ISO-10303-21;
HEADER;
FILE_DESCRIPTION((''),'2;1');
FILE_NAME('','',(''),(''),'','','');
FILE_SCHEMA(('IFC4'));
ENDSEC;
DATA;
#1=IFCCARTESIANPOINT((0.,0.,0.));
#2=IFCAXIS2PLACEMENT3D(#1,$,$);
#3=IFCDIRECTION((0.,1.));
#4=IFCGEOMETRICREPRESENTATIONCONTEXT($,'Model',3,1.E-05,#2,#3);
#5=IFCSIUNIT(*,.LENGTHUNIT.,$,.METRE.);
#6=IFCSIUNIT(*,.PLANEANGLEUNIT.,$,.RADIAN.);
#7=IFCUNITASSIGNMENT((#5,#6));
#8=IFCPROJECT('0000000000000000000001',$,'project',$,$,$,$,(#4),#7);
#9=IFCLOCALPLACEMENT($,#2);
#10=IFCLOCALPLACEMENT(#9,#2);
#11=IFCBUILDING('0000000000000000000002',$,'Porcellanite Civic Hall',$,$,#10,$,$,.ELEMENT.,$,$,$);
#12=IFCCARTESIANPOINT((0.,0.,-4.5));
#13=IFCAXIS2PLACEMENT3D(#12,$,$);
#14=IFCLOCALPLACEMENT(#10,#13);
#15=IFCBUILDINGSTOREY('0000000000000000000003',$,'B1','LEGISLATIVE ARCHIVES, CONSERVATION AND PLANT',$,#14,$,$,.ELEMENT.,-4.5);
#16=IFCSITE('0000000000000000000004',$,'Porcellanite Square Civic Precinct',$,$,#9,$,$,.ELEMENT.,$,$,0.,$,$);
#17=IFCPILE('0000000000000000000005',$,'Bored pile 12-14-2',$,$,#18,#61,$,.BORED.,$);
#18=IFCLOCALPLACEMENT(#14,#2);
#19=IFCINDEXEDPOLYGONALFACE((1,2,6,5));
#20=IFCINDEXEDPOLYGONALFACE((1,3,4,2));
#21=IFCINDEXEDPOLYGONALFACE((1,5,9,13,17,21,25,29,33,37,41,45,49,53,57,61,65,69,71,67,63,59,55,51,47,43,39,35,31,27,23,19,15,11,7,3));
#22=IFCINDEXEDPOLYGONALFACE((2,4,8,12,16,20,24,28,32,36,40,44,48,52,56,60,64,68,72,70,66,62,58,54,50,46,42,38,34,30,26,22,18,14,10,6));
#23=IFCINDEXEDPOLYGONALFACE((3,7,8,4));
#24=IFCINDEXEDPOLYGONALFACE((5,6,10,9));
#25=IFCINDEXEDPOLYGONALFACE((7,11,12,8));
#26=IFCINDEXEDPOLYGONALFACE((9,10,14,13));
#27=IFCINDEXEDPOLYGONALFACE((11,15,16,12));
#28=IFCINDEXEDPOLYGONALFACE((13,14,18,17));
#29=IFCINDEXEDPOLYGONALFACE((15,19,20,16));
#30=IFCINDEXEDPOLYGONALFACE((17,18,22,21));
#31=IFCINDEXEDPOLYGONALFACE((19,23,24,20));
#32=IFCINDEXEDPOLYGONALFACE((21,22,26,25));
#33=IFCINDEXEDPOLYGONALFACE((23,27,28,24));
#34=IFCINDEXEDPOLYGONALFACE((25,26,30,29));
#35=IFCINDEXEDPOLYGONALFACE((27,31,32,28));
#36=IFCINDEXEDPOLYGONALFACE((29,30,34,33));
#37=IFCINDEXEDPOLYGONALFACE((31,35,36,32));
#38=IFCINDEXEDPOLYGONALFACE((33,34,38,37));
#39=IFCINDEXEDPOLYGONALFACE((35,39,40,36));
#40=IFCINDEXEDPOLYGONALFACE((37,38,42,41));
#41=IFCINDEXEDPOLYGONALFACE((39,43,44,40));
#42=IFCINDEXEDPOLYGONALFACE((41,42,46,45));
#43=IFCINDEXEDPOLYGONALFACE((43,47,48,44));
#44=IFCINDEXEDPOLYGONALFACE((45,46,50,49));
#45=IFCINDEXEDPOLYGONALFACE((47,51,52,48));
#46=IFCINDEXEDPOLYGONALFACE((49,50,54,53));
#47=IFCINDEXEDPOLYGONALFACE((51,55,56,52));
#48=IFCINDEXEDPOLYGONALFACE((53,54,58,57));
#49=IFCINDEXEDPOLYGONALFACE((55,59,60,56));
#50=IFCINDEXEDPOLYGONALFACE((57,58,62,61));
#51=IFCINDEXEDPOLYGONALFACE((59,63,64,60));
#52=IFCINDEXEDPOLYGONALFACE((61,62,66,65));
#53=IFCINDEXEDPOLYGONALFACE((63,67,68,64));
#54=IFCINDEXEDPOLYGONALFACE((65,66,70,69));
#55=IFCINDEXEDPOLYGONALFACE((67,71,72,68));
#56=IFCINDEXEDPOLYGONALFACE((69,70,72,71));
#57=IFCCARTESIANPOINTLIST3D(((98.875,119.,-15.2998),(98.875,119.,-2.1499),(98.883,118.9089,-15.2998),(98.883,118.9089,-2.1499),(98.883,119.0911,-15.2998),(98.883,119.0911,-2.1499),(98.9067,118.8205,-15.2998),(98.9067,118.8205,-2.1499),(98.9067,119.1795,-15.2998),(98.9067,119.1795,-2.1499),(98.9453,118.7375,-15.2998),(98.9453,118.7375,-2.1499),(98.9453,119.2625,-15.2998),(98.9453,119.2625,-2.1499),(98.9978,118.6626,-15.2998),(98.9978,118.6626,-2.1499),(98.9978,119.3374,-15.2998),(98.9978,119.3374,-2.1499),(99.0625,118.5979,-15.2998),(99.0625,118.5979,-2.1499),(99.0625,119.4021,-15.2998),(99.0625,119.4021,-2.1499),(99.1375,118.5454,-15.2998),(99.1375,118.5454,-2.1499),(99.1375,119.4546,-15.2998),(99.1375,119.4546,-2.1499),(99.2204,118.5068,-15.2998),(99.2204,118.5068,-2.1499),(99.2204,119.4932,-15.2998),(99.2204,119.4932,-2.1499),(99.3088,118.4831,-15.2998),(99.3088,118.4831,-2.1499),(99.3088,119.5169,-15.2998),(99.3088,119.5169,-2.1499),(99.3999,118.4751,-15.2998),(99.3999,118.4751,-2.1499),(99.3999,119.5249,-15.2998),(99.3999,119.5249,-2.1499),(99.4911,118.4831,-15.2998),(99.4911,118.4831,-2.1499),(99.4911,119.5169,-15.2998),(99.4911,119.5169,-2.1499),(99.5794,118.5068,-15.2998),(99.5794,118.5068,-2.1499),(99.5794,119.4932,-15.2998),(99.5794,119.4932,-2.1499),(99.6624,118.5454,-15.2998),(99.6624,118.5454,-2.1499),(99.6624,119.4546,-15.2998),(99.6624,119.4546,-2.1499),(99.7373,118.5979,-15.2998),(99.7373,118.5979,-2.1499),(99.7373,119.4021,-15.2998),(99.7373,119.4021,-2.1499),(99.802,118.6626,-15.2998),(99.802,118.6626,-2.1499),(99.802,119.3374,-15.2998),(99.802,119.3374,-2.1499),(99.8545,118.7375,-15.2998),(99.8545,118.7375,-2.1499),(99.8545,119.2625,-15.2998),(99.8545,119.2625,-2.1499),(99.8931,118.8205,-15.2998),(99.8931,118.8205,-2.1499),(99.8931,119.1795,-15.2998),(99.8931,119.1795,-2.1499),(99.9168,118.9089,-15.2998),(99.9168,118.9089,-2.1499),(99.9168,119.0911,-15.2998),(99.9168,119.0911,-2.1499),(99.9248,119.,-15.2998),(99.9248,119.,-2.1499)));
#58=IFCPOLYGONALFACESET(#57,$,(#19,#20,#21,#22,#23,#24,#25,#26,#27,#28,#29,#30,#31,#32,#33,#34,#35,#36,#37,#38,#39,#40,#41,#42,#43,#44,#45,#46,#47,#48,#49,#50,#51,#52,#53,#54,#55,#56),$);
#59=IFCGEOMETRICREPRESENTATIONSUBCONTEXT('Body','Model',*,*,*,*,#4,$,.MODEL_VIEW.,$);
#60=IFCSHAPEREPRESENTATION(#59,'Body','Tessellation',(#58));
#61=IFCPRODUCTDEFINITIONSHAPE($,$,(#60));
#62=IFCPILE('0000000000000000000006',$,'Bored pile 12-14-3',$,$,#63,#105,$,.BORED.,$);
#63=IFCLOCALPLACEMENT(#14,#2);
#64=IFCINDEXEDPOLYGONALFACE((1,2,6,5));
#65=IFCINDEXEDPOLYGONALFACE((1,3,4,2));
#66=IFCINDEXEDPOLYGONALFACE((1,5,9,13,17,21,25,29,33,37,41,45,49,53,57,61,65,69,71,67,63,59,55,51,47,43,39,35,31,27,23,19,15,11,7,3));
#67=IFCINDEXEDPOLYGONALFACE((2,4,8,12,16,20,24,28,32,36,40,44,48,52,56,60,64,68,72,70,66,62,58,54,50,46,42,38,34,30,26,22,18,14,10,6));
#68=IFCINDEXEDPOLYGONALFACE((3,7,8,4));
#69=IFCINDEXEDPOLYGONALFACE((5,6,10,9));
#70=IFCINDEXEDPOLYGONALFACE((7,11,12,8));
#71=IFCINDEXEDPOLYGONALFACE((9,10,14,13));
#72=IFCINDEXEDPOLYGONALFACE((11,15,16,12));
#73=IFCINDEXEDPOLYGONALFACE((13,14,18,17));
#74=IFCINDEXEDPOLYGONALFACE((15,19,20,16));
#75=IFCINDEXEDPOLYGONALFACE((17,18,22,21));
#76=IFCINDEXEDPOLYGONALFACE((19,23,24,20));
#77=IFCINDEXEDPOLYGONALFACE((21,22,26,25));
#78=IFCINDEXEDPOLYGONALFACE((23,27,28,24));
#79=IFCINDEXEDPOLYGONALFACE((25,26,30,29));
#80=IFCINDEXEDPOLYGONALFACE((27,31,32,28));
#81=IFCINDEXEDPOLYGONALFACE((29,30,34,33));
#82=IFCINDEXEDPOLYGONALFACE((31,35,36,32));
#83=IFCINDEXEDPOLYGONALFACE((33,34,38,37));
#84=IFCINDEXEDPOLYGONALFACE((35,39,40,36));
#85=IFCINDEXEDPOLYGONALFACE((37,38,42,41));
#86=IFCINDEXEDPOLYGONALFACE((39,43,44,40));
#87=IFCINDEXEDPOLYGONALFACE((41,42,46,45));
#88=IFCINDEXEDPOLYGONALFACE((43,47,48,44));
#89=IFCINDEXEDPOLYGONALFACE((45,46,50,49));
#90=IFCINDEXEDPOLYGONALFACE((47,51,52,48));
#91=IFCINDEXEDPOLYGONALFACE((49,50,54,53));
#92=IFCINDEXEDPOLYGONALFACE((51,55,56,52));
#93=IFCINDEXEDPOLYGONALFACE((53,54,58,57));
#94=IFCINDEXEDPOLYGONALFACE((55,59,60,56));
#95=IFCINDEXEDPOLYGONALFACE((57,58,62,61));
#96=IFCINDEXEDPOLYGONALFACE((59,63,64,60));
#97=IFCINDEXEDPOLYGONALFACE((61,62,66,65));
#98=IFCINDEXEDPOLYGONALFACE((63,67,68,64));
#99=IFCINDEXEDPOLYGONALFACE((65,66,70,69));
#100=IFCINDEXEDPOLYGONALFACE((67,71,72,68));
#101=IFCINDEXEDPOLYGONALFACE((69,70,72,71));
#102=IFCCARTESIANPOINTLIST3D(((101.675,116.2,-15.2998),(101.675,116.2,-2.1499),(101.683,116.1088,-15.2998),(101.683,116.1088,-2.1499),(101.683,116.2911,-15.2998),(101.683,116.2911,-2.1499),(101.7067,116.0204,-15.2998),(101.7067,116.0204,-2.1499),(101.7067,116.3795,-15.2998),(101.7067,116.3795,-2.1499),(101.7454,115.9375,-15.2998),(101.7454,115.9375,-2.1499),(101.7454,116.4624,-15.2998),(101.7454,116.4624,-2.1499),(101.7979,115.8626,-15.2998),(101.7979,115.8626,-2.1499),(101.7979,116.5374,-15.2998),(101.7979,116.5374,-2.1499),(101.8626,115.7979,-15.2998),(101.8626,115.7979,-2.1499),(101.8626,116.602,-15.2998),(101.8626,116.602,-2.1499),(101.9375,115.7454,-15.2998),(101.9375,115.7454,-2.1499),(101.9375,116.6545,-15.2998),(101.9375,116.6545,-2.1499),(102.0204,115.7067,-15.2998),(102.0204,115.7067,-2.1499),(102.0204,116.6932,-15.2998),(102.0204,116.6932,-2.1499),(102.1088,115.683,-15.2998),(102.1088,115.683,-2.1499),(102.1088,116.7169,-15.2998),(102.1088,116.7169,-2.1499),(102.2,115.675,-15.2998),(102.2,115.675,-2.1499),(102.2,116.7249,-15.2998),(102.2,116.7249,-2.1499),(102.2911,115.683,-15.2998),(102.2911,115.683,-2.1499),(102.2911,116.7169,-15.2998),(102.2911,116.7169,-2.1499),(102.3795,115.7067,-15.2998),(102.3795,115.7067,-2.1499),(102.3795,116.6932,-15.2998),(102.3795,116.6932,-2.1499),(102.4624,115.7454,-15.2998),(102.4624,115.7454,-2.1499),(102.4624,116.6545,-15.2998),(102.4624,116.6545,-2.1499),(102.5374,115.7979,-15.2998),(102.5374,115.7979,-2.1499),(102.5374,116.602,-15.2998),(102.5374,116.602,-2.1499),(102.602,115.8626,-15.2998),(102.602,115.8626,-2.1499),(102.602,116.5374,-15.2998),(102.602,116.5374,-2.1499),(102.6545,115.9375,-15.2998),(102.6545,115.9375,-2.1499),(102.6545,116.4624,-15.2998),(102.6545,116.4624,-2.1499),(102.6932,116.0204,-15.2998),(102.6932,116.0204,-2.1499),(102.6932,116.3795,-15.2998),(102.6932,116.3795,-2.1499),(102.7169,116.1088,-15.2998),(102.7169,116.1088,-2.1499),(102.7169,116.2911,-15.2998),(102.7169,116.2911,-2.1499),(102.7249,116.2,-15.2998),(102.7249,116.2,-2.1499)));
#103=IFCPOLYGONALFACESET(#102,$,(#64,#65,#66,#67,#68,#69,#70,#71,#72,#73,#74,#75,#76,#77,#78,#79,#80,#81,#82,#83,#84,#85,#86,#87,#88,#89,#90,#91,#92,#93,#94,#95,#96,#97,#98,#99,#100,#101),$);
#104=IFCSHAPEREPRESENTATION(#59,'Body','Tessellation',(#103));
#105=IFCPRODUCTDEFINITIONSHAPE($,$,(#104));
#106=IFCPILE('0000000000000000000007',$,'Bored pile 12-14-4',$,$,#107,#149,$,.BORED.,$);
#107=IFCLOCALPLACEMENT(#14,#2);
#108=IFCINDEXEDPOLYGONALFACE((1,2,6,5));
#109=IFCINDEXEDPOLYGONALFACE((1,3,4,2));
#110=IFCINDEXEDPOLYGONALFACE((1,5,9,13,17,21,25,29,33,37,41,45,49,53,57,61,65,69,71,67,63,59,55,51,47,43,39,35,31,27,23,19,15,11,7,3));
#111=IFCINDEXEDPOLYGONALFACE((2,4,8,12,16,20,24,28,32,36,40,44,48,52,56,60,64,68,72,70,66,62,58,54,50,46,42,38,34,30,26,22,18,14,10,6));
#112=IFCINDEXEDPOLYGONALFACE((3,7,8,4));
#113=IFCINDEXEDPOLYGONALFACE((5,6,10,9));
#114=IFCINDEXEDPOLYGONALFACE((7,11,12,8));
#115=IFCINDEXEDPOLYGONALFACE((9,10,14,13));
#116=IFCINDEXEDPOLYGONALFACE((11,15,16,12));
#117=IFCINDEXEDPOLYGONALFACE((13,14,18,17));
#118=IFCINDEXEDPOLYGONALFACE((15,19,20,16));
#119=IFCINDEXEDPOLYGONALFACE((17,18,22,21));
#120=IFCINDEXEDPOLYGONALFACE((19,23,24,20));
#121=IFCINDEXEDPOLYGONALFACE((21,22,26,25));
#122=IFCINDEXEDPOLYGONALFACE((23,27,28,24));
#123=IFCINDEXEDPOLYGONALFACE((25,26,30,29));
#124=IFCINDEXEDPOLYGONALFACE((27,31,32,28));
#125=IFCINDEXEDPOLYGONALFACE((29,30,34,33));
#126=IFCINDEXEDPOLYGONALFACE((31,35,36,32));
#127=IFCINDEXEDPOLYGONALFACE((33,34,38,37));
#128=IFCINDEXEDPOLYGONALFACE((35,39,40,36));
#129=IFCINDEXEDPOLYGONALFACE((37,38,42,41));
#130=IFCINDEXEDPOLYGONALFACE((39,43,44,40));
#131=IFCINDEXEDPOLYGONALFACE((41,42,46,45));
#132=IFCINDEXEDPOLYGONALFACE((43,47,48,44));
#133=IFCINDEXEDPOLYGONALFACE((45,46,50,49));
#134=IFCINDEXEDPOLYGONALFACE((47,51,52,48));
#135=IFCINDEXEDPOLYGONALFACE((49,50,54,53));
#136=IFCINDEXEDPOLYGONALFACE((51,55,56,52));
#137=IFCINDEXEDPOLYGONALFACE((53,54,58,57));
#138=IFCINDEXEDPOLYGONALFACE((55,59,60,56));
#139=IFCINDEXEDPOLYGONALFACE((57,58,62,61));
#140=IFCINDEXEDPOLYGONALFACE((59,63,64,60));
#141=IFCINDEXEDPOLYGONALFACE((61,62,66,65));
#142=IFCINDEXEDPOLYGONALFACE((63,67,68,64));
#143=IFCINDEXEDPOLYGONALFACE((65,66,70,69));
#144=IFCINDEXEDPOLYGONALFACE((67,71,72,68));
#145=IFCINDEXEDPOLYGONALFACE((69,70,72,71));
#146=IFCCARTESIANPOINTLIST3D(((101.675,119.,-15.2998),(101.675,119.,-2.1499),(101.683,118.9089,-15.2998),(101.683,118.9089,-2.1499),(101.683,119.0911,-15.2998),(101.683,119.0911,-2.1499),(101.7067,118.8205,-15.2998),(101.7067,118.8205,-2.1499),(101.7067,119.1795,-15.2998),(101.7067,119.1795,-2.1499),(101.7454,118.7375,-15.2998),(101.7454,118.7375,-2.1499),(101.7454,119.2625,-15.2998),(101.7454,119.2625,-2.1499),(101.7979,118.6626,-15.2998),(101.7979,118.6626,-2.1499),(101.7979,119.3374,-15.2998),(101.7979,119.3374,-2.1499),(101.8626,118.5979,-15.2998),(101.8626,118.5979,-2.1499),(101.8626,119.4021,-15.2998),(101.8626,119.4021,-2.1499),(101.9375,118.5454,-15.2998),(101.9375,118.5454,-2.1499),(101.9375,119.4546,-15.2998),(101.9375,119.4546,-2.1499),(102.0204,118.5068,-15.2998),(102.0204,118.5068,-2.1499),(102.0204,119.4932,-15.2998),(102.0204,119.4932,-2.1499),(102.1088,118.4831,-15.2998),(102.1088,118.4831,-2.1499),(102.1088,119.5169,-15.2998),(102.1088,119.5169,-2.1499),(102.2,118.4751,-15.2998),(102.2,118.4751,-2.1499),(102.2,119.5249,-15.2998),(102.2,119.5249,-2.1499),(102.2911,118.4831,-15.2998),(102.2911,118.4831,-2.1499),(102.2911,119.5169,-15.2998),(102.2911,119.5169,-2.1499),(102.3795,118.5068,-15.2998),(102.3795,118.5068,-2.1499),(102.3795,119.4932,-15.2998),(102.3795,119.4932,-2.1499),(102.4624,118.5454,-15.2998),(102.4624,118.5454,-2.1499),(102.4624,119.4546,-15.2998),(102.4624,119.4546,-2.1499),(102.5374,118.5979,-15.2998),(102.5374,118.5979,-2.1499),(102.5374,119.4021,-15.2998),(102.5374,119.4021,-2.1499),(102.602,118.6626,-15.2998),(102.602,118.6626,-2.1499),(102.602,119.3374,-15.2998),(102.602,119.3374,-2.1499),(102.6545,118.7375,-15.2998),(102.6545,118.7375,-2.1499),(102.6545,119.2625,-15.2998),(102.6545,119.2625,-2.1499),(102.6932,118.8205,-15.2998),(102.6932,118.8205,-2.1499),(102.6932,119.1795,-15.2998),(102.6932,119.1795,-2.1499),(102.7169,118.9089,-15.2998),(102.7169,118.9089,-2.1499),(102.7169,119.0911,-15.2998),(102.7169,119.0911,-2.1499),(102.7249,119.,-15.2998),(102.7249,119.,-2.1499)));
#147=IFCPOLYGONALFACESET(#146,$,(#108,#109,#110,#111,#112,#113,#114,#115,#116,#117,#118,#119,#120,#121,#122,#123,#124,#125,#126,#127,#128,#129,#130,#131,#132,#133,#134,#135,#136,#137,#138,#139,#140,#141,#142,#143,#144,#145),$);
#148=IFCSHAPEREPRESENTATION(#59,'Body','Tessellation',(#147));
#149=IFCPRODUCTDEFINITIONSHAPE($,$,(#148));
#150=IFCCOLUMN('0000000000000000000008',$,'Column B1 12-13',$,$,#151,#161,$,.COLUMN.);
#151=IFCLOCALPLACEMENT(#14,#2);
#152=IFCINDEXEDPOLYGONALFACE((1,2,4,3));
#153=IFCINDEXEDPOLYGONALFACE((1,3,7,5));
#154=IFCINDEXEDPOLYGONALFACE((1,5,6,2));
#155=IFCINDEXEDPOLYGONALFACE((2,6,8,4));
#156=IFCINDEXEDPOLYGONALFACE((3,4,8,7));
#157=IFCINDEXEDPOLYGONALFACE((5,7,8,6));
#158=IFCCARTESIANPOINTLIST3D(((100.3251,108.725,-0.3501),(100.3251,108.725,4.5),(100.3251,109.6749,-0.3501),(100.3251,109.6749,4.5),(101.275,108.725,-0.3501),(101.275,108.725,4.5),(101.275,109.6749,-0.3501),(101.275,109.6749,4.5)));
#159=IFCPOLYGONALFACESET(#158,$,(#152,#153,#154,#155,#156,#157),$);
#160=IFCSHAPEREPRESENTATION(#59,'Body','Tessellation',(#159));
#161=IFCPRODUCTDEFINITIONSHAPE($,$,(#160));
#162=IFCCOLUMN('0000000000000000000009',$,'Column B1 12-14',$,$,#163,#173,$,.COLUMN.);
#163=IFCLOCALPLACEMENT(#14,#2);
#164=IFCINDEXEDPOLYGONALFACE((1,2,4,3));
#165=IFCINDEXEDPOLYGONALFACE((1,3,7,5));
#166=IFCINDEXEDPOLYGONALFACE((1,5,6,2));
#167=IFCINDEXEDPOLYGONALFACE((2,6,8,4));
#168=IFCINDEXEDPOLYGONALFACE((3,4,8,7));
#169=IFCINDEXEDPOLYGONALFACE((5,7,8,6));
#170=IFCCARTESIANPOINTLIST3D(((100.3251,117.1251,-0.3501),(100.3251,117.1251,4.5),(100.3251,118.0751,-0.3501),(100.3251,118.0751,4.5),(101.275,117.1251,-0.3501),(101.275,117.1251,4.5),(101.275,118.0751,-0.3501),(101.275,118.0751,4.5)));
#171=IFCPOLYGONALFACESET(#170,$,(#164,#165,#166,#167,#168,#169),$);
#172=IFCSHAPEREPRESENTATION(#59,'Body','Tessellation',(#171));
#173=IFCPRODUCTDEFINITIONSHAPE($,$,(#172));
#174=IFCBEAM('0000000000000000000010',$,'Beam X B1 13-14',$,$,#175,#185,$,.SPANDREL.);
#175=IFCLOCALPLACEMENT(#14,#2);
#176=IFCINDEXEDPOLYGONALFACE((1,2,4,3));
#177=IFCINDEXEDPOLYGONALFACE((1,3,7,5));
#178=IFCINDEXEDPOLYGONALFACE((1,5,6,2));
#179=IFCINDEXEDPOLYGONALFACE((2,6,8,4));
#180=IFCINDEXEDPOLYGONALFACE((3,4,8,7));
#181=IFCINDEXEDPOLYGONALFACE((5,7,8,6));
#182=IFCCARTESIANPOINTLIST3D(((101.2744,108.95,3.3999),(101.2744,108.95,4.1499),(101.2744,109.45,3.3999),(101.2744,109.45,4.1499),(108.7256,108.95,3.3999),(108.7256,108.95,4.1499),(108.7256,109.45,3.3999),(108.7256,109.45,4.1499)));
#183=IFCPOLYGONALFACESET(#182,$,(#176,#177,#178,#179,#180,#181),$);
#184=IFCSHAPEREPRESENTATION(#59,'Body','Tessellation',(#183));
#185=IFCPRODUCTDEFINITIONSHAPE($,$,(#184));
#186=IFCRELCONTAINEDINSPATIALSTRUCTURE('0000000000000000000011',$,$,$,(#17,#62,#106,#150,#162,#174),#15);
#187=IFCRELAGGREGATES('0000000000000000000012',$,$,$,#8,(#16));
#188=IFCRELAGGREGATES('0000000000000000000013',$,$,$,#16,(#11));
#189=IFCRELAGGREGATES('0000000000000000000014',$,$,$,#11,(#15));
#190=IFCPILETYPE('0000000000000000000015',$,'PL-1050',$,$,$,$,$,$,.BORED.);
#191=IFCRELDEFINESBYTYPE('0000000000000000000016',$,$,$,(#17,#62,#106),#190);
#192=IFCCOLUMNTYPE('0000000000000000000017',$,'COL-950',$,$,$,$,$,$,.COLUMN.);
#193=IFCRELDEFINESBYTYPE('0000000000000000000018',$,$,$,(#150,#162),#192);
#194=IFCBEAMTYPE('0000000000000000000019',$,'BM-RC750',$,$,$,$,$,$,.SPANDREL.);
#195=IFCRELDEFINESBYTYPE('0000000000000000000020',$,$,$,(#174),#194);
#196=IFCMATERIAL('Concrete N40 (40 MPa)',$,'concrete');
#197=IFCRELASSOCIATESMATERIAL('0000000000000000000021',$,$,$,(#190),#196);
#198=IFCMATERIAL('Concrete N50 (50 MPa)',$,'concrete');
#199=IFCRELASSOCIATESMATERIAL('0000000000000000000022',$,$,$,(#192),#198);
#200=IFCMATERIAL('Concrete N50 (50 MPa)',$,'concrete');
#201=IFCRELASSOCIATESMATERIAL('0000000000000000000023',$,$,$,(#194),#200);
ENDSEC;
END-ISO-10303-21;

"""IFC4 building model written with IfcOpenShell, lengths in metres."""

from ifc_helpers import new_model, si_unit, direction, frame, origin, origin_2d, place, context, subcontext, project, spatial, rectangle, circle, extrude, material, material_profile, profile_set, type_object, element, save


model = new_model("IFC4")

# Units and contexts
model_context = context("Model", 3, precision=1e-05, world=origin(), true_north=direction((0.0, 1.0)))
body_context = subcontext(model_context, "Body", "Model", "MODEL_VIEW")
ifc_project = project(units=[si_unit("LENGTHUNIT", "METRE"), si_unit("PLANEANGLEUNIT", "RADIAN")], contexts=[model_context])

# Site, building, storey
site_placement = place(None, origin())
site = spatial("IfcSite", under=ifc_project, at=site_placement, Name="Porcellanite Square Civic Precinct", CompositionType="ELEMENT", RefElevation=0.0)
building_placement = place(site_placement, origin())
building = spatial("IfcBuilding", under=site, at=building_placement, Name="Porcellanite Civic Hall", CompositionType="ELEMENT")
storey_placement = place(building_placement, frame((0.0, 0.0, -4.5)))
storey = spatial("IfcBuildingStorey", under=building, at=storey_placement, Name="B1", Description="LEGISLATIVE ARCHIVES, CONSERVATION AND PLANT", CompositionType="ELEMENT", Elevation=-4.5)

# Piles
ifc_material_1 = material(Name="Concrete N40 (40 MPa)", Category="concrete")
ifc_material_profile_1 = material_profile(ifc_material_1, circle(Radius=0.5249, at=origin_2d()), Name="PILE-D1050")
ifc_profile_set_1 = profile_set([ifc_material_profile_1], Name="Concrete N40 (40 MPa)")
pile_type = type_object("IfcPileType", Name="PL-1050", PredefinedType="BORED", material=ifc_profile_set_1)
for number, where, z_axis, x_axis, name in (
    (1, (99.3999, 119.0, -2.1499), (0.0, 0.0, -1.0), (1.0, 0.0, 0.0), "Bored pile 12-14-2"),
    (2, (102.2, 116.2, -2.1499), (0.0, 0.0, -1.0), (1.0, 0.0, 0.0), "Bored pile 12-14-3"),
    (3, (102.2, 119.0, -2.1499), (0.0, 0.0, -1.0), (1.0, 0.0, 0.0), "Bored pile 12-14-4"),
):
    element("IfcPile", number, at=place(storey_placement, frame(where, z_axis=z_axis, x_axis=x_axis)), inside=storey, type_object=pile_type, Name=name, PredefinedType="BORED", context=body_context, shape_type="SweptSolid", body=[
        extrude(circle(Radius=0.5249, at=origin_2d()), origin(), (0.0, 0.0, 1.0), 13.1499),
    ])

# Columns
ifc_material_2 = material(Name="Concrete N50 (50 MPa)", Category="concrete")
ifc_material_profile_2 = material_profile(ifc_material_2, rectangle(XDim=0.95, YDim=0.95, at=origin_2d()), Name="RC-950x950")
ifc_profile_set_2 = profile_set([ifc_material_profile_2], Name="Concrete N50 (50 MPa)")
column_type = type_object("IfcColumnType", Name="COL-950", PredefinedType="COLUMN", material=ifc_profile_set_2)
for number, where, z_axis, x_axis, name in (
    (4, (100.8, 109.2, -0.3501), (0.0, 0.0, 1.0), (1.0, 0.0, 0.0), "Column B1 12-13"),
    (5, (100.8, 117.6001, -0.3501), (0.0, 0.0, 1.0), (1.0, 0.0, 0.0), "Column B1 12-14"),
):
    element("IfcColumn", number, at=place(storey_placement, frame(where, z_axis=z_axis, x_axis=x_axis)), inside=storey, type_object=column_type, Name=name, PredefinedType="COLUMN", context=body_context, shape_type="SweptSolid", body=[
        extrude(rectangle(XDim=0.95, YDim=0.95, at=origin_2d()), origin(), (0.0, 0.0, 1.0), 4.8501),
    ])

# Beam
ifc_material_3 = material(Name="Concrete N50 (50 MPa)", Category="concrete")
ifc_material_profile_3 = material_profile(ifc_material_3, rectangle(XDim=0.5, YDim=0.75, at=origin_2d()), Name="RC-500x750")
ifc_profile_set_3 = profile_set([ifc_material_profile_3], Name="Concrete N50 (50 MPa)")
beam_type = type_object("IfcBeamType", Name="BM-RC750", PredefinedType="SPANDREL", material=ifc_profile_set_3)
beam_placement = place(storey_placement, frame((101.2744, 109.2, 3.7749), z_axis=(1.0, 0.0, 0.0), x_axis=(0.0, 1.0, 0.0)))
element("IfcBeam", 6, at=beam_placement, inside=storey, type_object=beam_type, Name="Beam X B1 13-14", PredefinedType="SPANDREL", context=body_context, shape_type="SweptSolid", body=[
    extrude(rectangle(XDim=0.5, YDim=0.75, at=origin_2d()), origin(), (0.0, 0.0, 1.0), 7.4512),
])

save(model, "model.ifc")
